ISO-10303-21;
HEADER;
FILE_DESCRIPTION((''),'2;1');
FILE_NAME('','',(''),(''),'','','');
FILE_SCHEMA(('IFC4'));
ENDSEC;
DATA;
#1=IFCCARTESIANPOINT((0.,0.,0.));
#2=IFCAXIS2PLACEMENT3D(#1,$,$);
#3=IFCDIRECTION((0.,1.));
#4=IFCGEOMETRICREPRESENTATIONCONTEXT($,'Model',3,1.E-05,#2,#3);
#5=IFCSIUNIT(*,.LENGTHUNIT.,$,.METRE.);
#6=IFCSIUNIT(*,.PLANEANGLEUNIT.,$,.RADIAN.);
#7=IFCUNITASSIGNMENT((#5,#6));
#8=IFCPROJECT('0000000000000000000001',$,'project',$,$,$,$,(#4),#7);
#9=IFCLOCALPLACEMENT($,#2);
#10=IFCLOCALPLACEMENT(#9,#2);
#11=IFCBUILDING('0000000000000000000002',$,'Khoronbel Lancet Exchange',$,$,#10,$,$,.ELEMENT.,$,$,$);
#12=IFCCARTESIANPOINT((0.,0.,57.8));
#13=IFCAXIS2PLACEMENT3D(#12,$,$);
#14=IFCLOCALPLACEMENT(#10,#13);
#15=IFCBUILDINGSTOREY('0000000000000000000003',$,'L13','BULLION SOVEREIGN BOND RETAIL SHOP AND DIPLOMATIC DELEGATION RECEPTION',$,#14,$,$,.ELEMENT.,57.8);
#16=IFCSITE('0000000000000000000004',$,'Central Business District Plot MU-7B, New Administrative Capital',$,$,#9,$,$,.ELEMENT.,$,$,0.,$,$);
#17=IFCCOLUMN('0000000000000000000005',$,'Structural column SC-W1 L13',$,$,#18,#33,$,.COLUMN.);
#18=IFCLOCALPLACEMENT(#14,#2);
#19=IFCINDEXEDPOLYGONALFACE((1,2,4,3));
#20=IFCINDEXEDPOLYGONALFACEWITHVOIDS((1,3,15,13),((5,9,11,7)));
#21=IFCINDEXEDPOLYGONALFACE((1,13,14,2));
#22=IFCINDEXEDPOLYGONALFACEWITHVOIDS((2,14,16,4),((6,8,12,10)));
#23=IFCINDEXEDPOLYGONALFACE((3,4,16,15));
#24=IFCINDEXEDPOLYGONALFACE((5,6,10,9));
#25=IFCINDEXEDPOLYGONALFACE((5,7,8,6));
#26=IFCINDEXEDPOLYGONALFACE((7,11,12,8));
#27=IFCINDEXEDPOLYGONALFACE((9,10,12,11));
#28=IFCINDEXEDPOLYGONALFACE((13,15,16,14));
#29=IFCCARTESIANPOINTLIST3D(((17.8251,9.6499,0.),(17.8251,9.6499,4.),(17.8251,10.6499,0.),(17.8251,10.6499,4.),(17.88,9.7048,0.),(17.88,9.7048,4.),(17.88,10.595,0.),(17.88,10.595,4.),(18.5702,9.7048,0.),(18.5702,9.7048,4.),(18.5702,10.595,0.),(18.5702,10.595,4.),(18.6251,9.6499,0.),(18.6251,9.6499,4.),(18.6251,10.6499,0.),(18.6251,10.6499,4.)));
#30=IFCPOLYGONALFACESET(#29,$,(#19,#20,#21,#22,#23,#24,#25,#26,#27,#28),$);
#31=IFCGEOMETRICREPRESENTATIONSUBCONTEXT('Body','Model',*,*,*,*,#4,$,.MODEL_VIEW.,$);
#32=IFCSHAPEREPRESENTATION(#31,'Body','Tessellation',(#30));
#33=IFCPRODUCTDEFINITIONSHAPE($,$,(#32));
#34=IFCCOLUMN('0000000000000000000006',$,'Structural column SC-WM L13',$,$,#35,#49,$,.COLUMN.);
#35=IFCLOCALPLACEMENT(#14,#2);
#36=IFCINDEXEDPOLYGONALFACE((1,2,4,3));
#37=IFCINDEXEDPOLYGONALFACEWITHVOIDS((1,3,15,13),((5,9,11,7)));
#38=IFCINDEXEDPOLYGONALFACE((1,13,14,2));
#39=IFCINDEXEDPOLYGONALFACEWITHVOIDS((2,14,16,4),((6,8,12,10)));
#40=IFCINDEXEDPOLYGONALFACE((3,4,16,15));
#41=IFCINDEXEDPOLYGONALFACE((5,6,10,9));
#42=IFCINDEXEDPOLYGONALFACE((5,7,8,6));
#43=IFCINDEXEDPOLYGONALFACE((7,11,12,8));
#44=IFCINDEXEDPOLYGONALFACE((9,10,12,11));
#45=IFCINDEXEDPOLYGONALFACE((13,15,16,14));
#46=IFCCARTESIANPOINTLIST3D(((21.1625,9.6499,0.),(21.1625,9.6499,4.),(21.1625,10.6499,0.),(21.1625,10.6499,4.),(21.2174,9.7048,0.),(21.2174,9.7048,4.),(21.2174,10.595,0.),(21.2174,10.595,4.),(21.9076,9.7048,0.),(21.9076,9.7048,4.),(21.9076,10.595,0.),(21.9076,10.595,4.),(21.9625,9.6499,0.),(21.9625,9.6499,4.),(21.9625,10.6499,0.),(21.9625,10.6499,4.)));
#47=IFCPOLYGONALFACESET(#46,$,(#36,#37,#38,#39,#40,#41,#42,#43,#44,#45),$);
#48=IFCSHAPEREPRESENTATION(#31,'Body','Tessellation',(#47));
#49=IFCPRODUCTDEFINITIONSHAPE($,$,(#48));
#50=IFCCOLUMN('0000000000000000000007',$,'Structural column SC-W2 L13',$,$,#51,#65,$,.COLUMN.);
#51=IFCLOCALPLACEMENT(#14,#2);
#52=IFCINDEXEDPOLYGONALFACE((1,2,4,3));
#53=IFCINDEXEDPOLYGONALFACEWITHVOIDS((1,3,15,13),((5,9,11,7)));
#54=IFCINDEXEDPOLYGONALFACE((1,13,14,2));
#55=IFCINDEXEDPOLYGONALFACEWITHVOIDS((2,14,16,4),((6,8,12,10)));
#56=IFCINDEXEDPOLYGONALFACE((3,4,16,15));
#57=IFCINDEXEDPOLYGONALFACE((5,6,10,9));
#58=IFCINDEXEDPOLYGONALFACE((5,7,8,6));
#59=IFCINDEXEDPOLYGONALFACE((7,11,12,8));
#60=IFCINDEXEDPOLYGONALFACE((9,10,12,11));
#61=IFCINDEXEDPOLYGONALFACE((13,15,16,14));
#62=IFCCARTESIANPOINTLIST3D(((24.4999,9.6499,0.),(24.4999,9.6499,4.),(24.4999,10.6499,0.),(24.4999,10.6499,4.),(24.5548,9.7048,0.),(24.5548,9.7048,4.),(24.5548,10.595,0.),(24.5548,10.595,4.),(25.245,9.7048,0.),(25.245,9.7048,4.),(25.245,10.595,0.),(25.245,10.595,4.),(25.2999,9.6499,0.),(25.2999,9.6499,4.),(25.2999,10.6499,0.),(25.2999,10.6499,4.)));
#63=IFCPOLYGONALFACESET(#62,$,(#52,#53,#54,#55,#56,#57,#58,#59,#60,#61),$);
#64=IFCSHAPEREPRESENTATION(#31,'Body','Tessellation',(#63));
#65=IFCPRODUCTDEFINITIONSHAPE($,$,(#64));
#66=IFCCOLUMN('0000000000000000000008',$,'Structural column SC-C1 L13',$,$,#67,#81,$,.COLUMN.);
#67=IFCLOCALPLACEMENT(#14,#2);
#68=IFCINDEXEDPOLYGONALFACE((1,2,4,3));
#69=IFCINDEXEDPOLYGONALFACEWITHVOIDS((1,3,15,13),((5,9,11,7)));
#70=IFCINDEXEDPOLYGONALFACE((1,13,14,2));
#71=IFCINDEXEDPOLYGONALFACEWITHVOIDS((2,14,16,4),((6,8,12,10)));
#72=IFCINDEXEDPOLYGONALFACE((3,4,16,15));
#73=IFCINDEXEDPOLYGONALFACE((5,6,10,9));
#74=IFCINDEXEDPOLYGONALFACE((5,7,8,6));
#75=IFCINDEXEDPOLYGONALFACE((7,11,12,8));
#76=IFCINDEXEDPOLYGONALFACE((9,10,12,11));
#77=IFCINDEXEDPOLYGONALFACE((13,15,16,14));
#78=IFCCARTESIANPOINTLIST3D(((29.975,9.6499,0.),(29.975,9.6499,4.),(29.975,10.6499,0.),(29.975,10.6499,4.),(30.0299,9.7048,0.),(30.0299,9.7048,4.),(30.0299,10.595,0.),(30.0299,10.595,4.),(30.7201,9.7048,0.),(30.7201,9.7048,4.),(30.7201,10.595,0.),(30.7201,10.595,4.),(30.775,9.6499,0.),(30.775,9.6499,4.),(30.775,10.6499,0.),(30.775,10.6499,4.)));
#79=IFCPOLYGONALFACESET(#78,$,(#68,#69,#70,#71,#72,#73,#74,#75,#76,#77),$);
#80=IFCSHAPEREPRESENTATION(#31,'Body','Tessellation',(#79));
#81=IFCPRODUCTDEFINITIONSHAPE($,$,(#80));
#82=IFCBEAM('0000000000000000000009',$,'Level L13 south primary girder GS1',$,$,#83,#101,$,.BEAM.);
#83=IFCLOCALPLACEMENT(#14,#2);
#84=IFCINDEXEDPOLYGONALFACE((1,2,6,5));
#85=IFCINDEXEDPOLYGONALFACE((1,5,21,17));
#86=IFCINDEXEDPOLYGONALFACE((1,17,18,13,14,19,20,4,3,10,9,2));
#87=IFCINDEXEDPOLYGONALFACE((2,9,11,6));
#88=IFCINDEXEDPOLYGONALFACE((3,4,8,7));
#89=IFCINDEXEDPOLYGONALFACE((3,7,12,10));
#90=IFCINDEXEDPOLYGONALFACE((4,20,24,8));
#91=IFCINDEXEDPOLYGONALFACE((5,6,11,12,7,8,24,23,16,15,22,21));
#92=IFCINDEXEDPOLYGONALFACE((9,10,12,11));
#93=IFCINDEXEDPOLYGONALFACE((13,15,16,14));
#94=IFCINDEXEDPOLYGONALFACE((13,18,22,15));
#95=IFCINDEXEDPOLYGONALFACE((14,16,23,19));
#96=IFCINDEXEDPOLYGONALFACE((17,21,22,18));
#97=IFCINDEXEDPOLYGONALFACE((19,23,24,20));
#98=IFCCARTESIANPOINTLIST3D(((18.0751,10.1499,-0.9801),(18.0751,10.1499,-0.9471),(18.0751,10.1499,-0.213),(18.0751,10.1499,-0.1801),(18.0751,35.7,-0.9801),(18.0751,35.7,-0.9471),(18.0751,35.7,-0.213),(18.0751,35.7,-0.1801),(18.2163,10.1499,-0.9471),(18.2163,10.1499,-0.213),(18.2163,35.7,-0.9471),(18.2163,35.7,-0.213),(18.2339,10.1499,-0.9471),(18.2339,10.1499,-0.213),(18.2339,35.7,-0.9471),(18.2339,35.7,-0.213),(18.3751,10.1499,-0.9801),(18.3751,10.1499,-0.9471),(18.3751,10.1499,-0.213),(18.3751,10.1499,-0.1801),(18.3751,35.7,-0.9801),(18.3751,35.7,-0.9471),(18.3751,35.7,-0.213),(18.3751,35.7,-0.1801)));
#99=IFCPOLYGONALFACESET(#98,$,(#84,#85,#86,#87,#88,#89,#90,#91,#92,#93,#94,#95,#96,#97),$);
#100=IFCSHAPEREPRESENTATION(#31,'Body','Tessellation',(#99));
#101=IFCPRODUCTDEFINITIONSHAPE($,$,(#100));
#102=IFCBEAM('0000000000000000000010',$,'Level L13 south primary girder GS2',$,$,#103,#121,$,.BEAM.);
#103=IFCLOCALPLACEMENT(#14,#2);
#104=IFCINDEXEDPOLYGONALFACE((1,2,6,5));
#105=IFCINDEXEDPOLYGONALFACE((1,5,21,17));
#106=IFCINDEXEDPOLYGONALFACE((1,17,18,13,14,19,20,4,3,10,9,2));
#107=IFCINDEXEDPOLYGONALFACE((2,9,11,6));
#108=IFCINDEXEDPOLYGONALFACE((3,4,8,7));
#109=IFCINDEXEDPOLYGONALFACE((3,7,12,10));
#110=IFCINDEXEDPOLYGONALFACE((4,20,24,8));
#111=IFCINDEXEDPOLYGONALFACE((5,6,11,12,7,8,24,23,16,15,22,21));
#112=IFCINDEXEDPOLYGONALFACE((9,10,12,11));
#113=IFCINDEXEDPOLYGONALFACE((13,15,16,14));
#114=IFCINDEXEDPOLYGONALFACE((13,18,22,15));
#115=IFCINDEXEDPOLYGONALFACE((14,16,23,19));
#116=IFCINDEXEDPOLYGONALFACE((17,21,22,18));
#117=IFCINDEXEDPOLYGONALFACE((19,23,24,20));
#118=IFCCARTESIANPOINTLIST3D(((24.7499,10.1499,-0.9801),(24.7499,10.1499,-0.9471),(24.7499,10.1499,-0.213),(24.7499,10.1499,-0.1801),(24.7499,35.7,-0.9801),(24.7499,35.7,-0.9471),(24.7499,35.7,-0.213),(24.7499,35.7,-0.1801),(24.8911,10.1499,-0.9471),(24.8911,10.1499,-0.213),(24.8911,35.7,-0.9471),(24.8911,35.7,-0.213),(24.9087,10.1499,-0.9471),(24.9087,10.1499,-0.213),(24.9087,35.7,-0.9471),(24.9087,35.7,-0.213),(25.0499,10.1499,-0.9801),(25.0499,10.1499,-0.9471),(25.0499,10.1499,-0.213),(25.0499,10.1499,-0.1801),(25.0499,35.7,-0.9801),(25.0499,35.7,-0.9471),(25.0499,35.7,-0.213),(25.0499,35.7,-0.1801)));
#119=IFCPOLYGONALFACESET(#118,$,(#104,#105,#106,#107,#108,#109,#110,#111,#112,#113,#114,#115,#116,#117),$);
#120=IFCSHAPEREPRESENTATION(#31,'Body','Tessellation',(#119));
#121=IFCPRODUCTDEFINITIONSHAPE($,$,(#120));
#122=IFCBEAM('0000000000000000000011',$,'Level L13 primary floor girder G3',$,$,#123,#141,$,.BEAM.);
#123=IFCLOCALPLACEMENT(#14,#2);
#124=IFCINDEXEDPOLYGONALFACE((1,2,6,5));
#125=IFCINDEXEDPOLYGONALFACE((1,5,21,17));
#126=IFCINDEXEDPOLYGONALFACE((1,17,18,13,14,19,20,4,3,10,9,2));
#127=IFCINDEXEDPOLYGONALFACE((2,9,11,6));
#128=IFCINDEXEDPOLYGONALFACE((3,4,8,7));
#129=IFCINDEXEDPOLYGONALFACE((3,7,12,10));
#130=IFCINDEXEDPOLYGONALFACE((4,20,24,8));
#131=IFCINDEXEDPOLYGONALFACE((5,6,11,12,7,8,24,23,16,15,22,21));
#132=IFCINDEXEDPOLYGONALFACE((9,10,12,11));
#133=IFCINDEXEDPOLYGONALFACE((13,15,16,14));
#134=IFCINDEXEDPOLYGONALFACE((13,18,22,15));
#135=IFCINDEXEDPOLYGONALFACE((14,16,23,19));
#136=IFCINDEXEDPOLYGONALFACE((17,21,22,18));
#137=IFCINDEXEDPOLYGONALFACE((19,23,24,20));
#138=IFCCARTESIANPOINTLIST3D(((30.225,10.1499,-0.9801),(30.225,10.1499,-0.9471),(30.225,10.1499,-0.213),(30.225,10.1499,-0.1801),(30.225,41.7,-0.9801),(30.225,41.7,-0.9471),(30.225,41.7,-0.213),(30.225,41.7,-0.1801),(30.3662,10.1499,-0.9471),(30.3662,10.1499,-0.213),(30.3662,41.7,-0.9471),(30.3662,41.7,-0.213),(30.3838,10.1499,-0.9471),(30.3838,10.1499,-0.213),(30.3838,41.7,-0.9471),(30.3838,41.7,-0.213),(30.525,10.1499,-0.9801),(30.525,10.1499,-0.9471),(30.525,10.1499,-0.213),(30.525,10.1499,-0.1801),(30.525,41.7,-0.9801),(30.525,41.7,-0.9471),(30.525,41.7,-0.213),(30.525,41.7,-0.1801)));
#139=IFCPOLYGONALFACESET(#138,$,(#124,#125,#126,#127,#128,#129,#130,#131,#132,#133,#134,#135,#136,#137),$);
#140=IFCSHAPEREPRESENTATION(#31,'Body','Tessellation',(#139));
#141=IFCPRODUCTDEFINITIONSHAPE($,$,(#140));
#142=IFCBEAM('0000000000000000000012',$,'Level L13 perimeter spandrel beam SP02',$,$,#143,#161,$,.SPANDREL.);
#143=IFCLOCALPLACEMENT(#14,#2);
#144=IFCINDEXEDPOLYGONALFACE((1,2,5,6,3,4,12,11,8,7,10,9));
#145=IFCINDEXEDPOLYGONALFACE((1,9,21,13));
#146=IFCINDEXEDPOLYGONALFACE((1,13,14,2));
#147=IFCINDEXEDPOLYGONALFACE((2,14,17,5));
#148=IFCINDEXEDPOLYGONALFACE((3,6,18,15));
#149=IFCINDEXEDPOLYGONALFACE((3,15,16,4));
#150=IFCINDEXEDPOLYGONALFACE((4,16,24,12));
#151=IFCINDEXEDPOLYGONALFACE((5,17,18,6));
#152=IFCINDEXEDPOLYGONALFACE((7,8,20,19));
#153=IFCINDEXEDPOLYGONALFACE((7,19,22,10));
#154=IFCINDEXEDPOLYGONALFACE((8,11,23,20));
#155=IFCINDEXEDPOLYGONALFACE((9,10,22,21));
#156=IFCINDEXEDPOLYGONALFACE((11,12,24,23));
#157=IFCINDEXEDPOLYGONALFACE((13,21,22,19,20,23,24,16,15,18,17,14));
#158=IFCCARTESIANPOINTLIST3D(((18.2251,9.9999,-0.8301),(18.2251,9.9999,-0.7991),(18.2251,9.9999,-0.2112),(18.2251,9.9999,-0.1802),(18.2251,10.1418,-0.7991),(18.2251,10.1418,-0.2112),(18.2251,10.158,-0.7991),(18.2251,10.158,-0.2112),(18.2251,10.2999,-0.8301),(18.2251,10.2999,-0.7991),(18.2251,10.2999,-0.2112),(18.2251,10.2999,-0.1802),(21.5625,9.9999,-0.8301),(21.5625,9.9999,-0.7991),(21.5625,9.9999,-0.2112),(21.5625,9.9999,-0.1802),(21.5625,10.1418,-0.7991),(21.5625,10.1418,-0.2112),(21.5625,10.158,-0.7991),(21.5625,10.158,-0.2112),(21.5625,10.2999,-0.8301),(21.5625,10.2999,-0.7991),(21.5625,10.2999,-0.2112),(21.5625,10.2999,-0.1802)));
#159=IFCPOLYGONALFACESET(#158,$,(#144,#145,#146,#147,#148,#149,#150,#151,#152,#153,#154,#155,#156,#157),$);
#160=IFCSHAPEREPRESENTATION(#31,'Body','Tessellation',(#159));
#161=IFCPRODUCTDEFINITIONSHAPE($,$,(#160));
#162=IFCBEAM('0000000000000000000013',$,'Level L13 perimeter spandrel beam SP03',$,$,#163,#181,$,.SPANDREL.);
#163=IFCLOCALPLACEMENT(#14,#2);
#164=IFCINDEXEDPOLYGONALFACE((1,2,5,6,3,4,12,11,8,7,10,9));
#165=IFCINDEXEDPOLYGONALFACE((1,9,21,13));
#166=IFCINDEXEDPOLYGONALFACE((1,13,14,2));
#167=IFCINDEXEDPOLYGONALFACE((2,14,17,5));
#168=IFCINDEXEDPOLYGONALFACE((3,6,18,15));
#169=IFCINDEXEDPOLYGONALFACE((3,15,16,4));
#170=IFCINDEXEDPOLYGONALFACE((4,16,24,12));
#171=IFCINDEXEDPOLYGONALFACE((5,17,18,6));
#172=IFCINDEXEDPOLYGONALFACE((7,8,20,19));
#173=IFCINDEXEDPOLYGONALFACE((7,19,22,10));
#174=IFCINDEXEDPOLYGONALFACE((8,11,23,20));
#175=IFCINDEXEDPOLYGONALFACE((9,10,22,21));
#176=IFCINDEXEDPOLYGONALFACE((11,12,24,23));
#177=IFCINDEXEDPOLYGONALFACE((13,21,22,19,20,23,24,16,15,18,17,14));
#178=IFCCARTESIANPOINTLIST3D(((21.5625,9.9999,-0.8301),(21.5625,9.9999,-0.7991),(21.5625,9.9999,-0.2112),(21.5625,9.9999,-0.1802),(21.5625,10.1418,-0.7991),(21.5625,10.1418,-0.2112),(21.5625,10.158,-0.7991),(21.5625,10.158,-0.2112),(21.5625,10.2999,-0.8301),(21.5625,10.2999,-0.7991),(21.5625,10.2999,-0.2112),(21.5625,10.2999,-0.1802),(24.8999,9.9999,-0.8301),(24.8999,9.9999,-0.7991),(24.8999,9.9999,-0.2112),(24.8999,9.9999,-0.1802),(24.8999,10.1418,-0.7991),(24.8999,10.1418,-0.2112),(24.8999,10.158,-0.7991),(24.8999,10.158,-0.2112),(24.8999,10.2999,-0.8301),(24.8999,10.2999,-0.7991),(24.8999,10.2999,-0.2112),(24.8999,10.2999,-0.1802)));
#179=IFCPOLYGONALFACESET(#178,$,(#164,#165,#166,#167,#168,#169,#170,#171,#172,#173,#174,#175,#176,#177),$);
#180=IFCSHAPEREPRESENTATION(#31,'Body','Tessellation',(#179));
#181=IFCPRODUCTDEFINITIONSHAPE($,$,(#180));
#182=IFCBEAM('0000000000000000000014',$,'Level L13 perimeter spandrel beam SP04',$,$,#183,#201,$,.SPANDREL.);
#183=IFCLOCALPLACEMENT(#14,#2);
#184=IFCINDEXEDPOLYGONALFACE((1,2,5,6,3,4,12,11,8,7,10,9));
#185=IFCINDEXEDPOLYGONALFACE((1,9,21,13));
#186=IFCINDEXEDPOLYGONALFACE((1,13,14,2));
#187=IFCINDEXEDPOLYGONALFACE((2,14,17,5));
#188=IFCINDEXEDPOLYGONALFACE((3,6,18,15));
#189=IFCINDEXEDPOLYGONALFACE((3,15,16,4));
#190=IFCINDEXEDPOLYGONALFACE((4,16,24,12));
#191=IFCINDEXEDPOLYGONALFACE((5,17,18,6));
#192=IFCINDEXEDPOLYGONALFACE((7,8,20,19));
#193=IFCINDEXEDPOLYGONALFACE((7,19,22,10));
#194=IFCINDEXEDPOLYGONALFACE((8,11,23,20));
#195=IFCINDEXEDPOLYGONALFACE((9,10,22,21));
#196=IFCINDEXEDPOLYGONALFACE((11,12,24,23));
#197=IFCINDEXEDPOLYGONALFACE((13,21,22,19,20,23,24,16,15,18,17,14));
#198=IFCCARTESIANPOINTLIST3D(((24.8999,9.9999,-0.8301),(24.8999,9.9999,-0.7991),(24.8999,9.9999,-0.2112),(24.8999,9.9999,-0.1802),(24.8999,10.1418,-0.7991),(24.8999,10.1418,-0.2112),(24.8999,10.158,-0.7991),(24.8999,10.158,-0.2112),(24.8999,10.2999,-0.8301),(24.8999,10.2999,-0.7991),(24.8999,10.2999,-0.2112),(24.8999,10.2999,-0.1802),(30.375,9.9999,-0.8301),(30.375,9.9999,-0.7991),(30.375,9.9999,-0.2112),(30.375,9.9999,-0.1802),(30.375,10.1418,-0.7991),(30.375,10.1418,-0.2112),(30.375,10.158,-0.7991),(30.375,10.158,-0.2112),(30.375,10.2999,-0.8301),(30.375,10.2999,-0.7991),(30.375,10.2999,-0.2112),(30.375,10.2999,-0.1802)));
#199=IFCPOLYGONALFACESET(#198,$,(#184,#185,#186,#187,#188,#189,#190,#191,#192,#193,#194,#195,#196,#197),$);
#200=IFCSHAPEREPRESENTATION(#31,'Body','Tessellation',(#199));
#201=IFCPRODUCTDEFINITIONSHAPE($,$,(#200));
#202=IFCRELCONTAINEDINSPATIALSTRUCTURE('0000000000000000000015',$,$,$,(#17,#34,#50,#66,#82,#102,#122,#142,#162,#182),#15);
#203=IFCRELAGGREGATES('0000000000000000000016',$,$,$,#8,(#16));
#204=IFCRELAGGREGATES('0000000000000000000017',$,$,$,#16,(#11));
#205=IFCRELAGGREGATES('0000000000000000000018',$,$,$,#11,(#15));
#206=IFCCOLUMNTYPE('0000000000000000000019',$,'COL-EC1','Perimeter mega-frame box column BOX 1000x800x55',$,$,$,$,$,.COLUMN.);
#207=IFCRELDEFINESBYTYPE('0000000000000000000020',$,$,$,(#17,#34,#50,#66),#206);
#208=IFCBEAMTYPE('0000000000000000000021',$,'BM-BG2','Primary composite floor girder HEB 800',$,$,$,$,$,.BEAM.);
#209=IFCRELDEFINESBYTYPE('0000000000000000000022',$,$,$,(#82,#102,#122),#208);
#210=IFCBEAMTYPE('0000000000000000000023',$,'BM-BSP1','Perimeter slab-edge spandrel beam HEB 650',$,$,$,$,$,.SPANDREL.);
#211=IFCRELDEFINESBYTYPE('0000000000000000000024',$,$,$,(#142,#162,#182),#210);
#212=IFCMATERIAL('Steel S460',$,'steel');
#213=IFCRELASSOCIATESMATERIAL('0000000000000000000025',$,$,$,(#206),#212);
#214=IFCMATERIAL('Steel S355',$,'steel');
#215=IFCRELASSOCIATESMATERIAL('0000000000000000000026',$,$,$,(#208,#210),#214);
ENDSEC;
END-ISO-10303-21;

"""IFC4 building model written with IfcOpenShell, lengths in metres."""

from ifc_helpers import new_model, si_unit, direction, frame, origin, origin_2d, place, context, subcontext, project, spatial, hollow_rectangle, i_section, extrude, material, material_profile, profile_set, type_object, element, save


model = new_model("IFC4")

# Units and contexts
model_context = context("Model", 3, precision=1e-05, world=origin(), true_north=direction((0.0, 1.0)))
body_context = subcontext(model_context, "Body", "Model", "MODEL_VIEW")
ifc_project = project(units=[si_unit("LENGTHUNIT", "METRE"), si_unit("PLANEANGLEUNIT", "RADIAN")], contexts=[model_context])

# Site, building, storey
site_placement = place(None, origin())
site = spatial("IfcSite", under=ifc_project, at=site_placement, Name="Central Business District Plot MU-7B, New Administrative Capital", CompositionType="ELEMENT", RefElevation=0.0)
building_placement = place(site_placement, origin())
building = spatial("IfcBuilding", under=site, at=building_placement, Name="Khoronbel Lancet Exchange", CompositionType="ELEMENT")
storey_placement = place(building_placement, frame((0.0, 0.0, 57.8)))
storey = spatial("IfcBuildingStorey", under=building, at=storey_placement, Name="L13", Description="BULLION SOVEREIGN BOND RETAIL SHOP AND DIPLOMATIC DELEGATION RECEPTION", CompositionType="ELEMENT", Elevation=57.8)

# Columns
ifc_material_1 = material(Name="Steel S460", Category="steel")
ifc_material_profile_1 = material_profile(ifc_material_1, hollow_rectangle(XDim=0.8, YDim=1.0, WallThickness=0.0549, at=origin_2d()), Name="BOX 1000x800x55")
ifc_profile_set_1 = profile_set([ifc_material_profile_1], Name="Steel S460")
column_type = type_object("IfcColumnType", Name="COL-EC1", Description="Perimeter mega-frame box column BOX 1000x800x55", PredefinedType="COLUMN", material=ifc_profile_set_1)
for number, where, z_axis, x_axis, name in (
    (1, (18.2251, 10.1499, 0.0), (0.0, 0.0, 1.0), (1.0, 0.0, 0.0), "Structural column SC-W1 L13"),
    (2, (21.5625, 10.1499, 0.0), (0.0, 0.0, 1.0), (1.0, 0.0, 0.0), "Structural column SC-WM L13"),
    (3, (24.8999, 10.1499, 0.0), (0.0, 0.0, 1.0), (1.0, 0.0, 0.0), "Structural column SC-W2 L13"),
    (4, (30.375, 10.1499, 0.0), (0.0, 0.0, 1.0), (1.0, 0.0, 0.0), "Structural column SC-C1 L13"),
):
    element("IfcColumn", number, at=place(storey_placement, frame(where, z_axis=z_axis, x_axis=x_axis)), inside=storey, type_object=column_type, Name=name, PredefinedType="COLUMN", context=body_context, shape_type="SweptSolid", body=[
        extrude(hollow_rectangle(XDim=0.8, YDim=1.0, WallThickness=0.0549, at=origin_2d()), origin(), (0.0, 0.0, 1.0), 4.0),
    ])

# Beams
ifc_material_2 = material(Name="Steel S355", Category="steel")
ifc_material_profile_2 = material_profile(ifc_material_2, i_section(OverallWidth=0.3, OverallDepth=0.8, WebThickness=0.0176, FlangeThickness=0.033, at=origin_2d()), Name="HEB 800")
ifc_profile_set_2 = profile_set([ifc_material_profile_2], Name="Steel S355")
beam_type_1 = type_object("IfcBeamType", Name="BM-BG2", Description="Primary composite floor girder HEB 800", PredefinedType="BEAM", material=ifc_profile_set_2)
for number, where, z_axis, x_axis, name in (
    (5, (18.2251, 10.1499, -0.5801), (0.0, 1.0, 0.0), (-1.0, 0.0, 0.0), "Level L13 south primary girder GS1"),
    (6, (24.8999, 10.1499, -0.5801), (0.0, 1.0, 0.0), (-1.0, 0.0, 0.0), "Level L13 south primary girder GS2"),
):
    element("IfcBeam", number, at=place(storey_placement, frame(where, z_axis=z_axis, x_axis=x_axis)), inside=storey, type_object=beam_type_1, Name=name, PredefinedType="BEAM", context=body_context, shape_type="SweptSolid", body=[
        extrude(i_section(OverallWidth=0.3, OverallDepth=0.8, WebThickness=0.0176, FlangeThickness=0.033, at=origin_2d()), origin(), (0.0, 0.0, 1.0), 25.55),
    ])
beam_1_placement = place(storey_placement, frame((30.375, 10.1499, -0.5801), z_axis=(0.0, 1.0, 0.0), x_axis=(-1.0, 0.0, 0.0)))
element("IfcBeam", 7, at=beam_1_placement, inside=storey, type_object=beam_type_1, Name="Level L13 primary floor girder G3", PredefinedType="BEAM", context=body_context, shape_type="SweptSolid", body=[
    extrude(i_section(OverallWidth=0.3, OverallDepth=0.8, WebThickness=0.0176, FlangeThickness=0.033, at=origin_2d()), origin(), (0.0, 0.0, 1.0), 31.55),
])
ifc_material_profile_3 = material_profile(ifc_material_2, i_section(OverallWidth=0.3, OverallDepth=0.6499, WebThickness=0.0161, FlangeThickness=0.031, at=origin_2d()), Name="HEB 650")
ifc_profile_set_3 = profile_set([ifc_material_profile_3], Name="Steel S355")
beam_type_2 = type_object("IfcBeamType", Name="BM-BSP1", Description="Perimeter slab-edge spandrel beam HEB 650", PredefinedType="SPANDREL", material=ifc_profile_set_3)
for number, where, z_axis, x_axis, name in (
    (8, (18.2251, 10.1499, -0.5051), (1.0, 0.0, 0.0), (0.0, 1.0, 0.0), "Level L13 perimeter spandrel beam SP02"),
    (9, (21.5625, 10.1499, -0.5051), (1.0, 0.0, 0.0), (0.0, 1.0, 0.0), "Level L13 perimeter spandrel beam SP03"),
):
    element("IfcBeam", number, at=place(storey_placement, frame(where, z_axis=z_axis, x_axis=x_axis)), inside=storey, type_object=beam_type_2, Name=name, PredefinedType="SPANDREL", context=body_context, shape_type="SweptSolid", body=[
        extrude(i_section(OverallWidth=0.3, OverallDepth=0.6499, WebThickness=0.0161, FlangeThickness=0.031, at=origin_2d()), origin(), (0.0, 0.0, 1.0), 3.3374),
    ])
beam_2_placement = place(storey_placement, frame((24.8999, 10.1499, -0.5051), z_axis=(1.0, 0.0, 0.0), x_axis=(0.0, 1.0, 0.0)))
element("IfcBeam", 10, at=beam_2_placement, inside=storey, type_object=beam_type_2, Name="Level L13 perimeter spandrel beam SP04", PredefinedType="SPANDREL", context=body_context, shape_type="SweptSolid", body=[
    extrude(i_section(OverallWidth=0.3, OverallDepth=0.6499, WebThickness=0.0161, FlangeThickness=0.031, at=origin_2d()), origin(), (0.0, 0.0, 1.0), 5.4751),
])

save(model, "model.ifc")
